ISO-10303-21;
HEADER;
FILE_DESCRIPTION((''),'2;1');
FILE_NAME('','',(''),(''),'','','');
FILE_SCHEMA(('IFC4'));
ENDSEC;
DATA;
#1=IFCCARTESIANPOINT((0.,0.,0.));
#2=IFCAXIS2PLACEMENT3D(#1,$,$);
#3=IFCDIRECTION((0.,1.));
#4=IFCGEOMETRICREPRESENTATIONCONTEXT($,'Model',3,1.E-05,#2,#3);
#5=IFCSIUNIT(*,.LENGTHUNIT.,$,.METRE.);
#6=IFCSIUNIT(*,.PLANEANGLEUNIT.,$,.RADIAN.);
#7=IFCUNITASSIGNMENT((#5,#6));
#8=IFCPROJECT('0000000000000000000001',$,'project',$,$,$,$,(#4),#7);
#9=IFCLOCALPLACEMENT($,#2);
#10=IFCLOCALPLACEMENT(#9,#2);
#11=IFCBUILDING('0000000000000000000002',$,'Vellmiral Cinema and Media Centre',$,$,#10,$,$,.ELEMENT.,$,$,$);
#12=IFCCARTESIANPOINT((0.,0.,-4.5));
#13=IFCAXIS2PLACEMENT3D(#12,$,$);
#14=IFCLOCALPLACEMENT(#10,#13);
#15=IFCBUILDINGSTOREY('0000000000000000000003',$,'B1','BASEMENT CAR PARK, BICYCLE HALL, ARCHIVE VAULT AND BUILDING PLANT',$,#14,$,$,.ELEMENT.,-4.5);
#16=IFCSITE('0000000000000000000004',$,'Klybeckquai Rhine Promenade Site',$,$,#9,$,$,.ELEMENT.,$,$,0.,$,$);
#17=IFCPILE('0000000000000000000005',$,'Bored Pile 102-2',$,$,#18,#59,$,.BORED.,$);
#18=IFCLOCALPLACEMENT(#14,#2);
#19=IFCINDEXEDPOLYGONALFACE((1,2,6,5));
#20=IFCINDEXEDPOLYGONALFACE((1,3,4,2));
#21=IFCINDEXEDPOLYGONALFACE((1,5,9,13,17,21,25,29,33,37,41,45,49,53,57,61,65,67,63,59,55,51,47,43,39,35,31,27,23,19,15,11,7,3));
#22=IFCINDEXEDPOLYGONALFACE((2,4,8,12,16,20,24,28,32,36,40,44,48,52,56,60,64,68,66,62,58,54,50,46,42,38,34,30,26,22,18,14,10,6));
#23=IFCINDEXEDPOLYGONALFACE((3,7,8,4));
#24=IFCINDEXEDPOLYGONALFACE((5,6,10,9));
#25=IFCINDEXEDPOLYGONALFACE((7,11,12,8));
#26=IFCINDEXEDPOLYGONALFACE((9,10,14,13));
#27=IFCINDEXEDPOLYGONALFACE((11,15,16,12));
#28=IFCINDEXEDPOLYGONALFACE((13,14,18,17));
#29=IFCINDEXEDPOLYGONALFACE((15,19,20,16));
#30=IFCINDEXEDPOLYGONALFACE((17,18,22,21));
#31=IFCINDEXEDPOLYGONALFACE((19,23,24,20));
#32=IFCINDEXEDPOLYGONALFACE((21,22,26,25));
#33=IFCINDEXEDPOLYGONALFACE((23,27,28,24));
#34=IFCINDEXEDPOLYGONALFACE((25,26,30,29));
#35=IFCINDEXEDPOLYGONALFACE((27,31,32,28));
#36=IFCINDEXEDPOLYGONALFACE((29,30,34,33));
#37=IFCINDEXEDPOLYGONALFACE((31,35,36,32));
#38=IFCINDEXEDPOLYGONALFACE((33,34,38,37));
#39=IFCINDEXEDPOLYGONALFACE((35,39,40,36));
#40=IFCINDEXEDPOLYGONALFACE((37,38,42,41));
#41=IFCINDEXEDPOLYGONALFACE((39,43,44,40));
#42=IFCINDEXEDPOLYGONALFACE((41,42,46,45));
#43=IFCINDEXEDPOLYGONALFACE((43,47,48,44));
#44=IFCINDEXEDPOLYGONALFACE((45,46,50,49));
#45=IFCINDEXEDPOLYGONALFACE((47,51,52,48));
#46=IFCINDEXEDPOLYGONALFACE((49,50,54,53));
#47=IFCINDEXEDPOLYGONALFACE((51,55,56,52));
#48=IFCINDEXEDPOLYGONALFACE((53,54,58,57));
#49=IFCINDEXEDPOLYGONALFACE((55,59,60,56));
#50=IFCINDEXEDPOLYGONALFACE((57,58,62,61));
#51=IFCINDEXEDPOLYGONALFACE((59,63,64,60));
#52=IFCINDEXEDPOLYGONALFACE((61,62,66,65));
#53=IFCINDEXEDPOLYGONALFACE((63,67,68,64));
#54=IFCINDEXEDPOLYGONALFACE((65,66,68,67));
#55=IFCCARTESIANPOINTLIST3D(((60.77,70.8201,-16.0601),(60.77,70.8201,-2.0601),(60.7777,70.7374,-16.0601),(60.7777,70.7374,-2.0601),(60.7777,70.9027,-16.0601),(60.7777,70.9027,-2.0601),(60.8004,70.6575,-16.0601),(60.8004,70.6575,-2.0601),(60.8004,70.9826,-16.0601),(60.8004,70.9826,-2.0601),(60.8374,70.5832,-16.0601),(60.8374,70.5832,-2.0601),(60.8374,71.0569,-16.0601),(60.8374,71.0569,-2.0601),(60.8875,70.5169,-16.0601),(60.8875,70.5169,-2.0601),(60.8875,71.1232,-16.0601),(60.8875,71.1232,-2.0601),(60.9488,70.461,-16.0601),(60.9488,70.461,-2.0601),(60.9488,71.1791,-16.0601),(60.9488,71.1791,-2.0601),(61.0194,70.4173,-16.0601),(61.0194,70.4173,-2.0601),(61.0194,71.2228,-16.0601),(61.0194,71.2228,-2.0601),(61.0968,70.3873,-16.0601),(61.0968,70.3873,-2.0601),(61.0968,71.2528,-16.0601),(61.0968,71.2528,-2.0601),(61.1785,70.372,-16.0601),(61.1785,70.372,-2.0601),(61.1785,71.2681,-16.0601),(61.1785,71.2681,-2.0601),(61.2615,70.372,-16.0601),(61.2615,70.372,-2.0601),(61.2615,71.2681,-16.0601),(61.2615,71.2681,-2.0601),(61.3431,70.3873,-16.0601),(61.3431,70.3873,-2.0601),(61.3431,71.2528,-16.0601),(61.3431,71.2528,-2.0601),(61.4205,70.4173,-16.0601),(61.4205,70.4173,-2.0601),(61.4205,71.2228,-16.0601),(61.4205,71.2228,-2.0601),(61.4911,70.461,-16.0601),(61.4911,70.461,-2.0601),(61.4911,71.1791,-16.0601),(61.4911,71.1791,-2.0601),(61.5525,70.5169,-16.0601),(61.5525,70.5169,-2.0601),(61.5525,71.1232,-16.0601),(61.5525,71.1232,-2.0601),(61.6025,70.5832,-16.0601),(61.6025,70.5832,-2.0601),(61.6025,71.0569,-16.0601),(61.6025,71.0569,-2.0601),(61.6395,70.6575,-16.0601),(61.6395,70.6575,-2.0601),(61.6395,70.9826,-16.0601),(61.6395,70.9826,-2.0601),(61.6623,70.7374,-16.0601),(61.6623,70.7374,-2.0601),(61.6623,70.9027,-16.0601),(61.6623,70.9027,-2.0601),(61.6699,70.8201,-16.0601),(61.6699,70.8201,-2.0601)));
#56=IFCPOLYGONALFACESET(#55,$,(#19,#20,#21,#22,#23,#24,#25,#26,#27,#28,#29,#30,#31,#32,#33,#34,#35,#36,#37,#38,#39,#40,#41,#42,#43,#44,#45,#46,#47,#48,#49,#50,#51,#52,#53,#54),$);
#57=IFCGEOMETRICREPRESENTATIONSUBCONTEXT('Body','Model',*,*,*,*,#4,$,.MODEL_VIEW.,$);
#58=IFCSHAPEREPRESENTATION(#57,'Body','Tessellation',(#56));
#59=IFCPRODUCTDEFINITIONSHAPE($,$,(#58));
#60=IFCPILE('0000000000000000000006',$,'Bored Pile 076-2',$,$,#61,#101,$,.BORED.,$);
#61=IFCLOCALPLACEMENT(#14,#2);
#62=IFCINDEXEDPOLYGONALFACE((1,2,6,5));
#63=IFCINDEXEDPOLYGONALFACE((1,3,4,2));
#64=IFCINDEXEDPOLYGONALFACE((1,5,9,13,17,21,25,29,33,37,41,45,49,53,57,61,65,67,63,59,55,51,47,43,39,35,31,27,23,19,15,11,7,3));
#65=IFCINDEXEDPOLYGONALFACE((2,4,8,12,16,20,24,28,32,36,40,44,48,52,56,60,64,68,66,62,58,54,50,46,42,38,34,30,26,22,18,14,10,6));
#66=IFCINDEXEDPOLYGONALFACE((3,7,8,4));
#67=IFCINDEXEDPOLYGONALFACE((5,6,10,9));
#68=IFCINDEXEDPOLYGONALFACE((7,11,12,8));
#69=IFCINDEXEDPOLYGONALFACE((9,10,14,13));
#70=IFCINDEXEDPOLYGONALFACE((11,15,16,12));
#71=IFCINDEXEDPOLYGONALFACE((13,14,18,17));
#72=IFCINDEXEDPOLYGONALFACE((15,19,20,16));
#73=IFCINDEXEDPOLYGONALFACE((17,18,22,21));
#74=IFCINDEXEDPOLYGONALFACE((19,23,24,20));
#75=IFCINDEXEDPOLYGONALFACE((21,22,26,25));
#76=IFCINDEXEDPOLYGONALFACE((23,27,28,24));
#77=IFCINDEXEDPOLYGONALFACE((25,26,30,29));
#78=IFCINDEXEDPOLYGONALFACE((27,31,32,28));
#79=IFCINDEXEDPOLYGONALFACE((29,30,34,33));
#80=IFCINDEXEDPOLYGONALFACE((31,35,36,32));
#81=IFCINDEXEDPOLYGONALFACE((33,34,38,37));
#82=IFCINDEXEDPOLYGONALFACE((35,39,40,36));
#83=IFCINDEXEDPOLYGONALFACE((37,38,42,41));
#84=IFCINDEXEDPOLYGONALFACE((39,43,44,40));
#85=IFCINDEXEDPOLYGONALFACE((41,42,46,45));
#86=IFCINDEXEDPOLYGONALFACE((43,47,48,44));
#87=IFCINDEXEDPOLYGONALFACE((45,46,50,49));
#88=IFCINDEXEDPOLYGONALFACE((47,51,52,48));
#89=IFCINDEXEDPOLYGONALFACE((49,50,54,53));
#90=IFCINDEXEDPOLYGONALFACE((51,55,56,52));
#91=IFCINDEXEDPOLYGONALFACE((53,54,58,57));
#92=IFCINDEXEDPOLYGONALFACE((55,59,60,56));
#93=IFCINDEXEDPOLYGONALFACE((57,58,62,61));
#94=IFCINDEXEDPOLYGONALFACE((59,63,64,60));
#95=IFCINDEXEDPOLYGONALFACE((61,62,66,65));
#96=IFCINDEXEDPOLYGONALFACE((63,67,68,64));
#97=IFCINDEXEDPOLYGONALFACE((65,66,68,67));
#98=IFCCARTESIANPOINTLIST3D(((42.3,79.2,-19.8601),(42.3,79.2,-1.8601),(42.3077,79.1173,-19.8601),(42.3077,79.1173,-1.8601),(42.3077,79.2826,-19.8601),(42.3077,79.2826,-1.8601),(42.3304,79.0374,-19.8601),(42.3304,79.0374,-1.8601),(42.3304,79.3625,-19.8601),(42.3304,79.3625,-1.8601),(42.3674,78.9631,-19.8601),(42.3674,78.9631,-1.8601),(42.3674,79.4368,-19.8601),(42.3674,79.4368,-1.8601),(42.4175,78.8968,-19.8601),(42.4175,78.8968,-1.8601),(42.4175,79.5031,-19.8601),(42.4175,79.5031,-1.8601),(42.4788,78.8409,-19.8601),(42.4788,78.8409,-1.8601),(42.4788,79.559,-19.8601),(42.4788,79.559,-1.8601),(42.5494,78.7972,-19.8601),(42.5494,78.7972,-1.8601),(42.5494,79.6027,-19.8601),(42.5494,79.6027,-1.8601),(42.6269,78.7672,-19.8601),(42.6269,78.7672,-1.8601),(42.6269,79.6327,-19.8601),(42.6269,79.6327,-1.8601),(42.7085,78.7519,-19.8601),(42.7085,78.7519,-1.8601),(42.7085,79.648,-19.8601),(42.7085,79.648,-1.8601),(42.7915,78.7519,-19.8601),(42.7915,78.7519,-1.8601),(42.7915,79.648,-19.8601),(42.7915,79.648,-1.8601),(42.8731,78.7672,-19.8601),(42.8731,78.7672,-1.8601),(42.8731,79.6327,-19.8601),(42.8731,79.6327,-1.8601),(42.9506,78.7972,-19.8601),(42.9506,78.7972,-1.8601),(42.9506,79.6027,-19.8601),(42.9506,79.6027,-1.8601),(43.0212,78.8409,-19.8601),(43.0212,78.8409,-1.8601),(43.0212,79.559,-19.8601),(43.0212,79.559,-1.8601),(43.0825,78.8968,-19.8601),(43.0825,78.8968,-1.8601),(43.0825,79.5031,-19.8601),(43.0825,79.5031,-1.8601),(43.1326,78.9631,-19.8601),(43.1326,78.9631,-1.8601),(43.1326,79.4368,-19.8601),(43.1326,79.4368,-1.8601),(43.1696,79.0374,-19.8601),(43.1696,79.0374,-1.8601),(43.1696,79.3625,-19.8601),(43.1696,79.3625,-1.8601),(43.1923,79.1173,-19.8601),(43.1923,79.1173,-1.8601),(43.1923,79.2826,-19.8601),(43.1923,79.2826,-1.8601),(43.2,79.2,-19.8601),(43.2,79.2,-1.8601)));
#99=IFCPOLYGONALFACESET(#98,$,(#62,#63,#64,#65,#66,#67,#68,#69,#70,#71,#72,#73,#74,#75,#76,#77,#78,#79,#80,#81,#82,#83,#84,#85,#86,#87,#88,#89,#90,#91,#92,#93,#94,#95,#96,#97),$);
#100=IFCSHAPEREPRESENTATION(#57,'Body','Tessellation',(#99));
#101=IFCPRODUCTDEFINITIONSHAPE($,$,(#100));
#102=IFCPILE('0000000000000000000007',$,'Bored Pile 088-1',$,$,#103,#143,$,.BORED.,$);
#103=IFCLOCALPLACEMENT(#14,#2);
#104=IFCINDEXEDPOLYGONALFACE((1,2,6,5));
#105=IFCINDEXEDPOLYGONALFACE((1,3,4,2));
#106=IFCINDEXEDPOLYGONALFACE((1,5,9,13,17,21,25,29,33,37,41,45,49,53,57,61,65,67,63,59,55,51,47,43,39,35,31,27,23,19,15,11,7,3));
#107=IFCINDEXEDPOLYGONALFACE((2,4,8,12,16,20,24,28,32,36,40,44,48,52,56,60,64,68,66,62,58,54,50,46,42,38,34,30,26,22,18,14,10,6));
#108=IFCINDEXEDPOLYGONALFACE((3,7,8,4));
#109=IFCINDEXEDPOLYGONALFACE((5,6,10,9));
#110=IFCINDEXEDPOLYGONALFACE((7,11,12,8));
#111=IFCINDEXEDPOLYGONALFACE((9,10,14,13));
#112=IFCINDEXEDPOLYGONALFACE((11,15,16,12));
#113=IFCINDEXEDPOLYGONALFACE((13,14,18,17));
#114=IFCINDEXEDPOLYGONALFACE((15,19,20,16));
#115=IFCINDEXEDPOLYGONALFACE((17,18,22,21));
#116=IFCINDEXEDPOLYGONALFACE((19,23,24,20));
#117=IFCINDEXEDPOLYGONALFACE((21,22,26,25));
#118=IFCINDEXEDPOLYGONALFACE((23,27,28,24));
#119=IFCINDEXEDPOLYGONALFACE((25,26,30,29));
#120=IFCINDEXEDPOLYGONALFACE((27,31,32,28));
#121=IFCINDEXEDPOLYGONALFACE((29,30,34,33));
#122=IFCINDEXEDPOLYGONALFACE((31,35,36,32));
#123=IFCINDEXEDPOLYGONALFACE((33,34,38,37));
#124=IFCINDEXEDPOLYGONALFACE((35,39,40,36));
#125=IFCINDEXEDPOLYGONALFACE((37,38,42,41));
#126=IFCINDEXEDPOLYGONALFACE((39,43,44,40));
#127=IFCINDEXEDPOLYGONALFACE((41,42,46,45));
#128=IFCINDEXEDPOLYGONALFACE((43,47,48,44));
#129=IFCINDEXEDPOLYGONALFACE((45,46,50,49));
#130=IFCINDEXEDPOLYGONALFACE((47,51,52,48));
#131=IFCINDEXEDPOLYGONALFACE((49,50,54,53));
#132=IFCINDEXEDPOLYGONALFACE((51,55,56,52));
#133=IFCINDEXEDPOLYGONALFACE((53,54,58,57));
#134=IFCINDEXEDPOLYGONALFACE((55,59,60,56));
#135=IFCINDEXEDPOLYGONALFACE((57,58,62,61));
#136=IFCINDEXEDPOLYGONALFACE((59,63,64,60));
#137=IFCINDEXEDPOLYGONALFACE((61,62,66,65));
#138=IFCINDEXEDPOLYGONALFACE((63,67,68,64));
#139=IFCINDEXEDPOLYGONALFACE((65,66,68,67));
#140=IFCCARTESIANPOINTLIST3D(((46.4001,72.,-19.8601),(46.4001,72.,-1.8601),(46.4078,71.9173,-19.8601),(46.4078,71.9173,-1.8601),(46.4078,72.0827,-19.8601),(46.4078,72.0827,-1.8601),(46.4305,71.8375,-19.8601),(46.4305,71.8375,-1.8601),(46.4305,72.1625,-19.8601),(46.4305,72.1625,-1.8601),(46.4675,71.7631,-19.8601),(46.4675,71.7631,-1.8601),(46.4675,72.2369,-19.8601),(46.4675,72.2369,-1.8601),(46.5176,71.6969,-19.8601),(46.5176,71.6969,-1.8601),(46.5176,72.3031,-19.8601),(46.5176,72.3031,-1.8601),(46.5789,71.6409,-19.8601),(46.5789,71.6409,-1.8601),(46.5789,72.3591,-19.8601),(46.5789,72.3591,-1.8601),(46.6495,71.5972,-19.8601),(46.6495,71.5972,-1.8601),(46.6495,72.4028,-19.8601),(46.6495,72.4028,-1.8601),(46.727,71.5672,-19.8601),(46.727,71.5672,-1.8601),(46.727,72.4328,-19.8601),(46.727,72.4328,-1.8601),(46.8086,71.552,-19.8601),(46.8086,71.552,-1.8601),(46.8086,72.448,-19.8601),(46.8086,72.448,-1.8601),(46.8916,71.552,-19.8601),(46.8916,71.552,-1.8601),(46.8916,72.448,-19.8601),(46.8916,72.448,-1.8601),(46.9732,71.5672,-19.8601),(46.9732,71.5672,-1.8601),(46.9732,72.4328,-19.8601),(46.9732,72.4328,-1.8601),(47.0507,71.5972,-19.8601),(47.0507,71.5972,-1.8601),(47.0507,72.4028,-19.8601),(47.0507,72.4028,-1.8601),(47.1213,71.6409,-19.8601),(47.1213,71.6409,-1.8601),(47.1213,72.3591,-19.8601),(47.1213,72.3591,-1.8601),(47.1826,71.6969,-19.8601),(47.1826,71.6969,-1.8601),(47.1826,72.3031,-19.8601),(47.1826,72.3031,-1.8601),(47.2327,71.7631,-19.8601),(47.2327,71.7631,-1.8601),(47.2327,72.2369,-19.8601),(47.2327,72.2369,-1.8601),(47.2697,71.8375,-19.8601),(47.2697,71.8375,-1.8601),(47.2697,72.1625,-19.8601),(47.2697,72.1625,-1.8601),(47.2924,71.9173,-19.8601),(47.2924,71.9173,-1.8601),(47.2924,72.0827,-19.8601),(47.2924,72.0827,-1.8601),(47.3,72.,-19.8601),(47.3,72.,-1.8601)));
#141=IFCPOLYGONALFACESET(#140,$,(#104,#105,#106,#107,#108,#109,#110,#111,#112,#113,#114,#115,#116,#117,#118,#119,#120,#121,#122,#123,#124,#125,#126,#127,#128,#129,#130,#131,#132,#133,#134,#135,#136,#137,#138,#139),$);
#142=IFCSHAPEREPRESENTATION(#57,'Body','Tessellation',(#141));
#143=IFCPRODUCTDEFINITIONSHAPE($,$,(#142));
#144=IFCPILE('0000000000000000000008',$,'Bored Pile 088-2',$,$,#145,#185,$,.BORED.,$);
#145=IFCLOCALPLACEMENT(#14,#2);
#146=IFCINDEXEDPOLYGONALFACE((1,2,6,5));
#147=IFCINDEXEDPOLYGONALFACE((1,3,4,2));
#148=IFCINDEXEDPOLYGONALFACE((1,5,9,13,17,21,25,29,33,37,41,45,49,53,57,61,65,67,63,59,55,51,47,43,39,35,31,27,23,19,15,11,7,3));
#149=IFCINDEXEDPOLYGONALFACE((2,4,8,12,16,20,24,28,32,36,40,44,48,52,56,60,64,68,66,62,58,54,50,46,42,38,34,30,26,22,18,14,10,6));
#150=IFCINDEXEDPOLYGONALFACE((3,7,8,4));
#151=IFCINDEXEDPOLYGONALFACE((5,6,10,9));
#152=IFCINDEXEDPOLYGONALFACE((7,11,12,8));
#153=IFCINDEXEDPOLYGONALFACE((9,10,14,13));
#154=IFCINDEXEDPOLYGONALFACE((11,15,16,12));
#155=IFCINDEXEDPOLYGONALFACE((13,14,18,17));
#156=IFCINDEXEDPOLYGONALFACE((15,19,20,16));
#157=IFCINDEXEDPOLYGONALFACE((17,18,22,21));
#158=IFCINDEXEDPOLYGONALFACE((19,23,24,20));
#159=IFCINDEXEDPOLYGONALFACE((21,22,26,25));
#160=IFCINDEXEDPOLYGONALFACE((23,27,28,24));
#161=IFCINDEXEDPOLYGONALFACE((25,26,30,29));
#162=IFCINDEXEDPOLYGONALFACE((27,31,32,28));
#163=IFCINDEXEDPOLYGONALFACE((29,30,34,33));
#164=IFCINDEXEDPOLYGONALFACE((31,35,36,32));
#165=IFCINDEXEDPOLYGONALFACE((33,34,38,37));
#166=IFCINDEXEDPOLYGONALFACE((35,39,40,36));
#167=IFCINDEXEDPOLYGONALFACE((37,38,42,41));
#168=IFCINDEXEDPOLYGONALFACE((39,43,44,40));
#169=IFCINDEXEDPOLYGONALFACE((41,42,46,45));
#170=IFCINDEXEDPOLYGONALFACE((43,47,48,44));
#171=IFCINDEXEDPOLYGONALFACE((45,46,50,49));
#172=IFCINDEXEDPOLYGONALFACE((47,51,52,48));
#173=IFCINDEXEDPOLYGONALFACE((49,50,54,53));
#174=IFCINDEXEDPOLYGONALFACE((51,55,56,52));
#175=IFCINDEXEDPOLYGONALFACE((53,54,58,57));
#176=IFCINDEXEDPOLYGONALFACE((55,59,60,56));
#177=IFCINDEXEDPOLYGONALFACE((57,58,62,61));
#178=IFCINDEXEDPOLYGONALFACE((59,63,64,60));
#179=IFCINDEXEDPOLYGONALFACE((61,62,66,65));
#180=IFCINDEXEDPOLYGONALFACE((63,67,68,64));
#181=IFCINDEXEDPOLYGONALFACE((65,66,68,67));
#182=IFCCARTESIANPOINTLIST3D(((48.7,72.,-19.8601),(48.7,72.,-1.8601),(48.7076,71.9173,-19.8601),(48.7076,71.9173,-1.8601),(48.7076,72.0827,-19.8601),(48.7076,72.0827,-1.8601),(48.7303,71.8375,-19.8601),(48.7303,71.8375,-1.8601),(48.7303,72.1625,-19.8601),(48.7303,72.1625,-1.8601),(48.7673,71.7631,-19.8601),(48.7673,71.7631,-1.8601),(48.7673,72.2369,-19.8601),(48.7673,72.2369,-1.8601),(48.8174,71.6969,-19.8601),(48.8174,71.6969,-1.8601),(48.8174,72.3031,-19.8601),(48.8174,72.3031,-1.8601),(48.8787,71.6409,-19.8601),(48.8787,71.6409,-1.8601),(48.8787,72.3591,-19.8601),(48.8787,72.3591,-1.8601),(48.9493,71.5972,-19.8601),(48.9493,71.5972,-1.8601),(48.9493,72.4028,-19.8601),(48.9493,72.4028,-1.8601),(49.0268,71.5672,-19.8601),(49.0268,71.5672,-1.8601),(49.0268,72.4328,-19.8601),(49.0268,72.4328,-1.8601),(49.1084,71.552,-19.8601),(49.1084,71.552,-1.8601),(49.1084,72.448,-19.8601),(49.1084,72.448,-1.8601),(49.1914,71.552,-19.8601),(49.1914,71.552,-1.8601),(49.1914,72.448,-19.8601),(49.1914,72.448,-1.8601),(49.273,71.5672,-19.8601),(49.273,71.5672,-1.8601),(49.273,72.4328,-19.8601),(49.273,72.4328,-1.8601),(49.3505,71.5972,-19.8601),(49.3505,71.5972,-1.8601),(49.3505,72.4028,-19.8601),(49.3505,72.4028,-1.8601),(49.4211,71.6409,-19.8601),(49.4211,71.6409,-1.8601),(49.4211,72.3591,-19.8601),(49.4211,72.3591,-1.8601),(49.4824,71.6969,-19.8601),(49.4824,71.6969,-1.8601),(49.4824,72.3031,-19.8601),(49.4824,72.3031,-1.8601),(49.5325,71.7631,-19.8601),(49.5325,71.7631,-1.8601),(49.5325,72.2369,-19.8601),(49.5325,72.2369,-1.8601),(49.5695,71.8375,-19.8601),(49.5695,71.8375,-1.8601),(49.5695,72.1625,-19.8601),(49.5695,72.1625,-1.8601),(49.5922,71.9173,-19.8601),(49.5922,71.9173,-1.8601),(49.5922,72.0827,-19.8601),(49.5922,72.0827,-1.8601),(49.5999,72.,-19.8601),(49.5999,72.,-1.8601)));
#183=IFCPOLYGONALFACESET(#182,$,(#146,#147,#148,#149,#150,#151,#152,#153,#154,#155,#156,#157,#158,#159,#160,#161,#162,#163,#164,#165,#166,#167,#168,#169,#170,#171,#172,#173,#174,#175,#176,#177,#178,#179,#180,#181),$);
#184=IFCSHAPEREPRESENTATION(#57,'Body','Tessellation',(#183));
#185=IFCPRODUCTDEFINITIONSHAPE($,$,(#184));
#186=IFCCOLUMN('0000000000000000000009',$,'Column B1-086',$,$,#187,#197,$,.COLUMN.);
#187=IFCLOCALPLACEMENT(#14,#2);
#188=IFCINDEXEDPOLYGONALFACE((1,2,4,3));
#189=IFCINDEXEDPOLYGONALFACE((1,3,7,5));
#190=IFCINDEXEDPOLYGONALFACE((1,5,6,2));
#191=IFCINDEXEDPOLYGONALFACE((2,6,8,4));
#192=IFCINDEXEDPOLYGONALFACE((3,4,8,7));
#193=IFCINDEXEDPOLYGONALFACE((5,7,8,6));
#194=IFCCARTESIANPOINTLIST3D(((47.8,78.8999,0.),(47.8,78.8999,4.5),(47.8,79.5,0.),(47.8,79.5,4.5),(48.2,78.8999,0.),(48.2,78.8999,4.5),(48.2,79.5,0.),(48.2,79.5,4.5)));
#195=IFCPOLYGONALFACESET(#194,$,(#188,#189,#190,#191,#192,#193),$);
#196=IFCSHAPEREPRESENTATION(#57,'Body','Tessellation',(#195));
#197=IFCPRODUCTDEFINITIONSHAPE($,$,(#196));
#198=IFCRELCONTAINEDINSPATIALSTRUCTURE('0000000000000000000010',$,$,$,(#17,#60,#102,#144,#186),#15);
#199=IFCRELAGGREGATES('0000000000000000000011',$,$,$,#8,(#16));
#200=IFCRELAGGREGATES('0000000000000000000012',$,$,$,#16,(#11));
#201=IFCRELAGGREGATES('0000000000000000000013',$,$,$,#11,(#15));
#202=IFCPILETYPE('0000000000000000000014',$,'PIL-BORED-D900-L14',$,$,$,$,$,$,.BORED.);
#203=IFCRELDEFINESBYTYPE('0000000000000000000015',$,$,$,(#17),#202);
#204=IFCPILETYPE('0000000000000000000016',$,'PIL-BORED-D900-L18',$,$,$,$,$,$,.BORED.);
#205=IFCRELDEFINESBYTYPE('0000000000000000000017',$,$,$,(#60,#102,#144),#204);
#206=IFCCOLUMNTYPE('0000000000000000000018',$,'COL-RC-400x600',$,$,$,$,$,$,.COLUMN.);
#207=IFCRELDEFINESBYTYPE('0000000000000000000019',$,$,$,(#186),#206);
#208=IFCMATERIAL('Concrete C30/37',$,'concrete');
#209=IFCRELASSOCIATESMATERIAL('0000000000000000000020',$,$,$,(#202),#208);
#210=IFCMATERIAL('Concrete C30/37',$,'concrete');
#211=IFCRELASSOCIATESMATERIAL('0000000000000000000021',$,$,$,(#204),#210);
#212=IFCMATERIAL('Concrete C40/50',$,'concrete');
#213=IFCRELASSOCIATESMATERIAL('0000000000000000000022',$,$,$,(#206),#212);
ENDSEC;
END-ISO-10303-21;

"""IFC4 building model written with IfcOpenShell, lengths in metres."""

from ifc_helpers import new_model, si_unit, direction, frame, origin, origin_2d, place, context, subcontext, project, spatial, rectangle, circle, extrude, material, material_profile, profile_set, type_object, element, save


model = new_model("IFC4")

# Units and contexts
model_context = context("Model", 3, precision=1e-05, world=origin(), true_north=direction((0.0, 1.0)))
body_context = subcontext(model_context, "Body", "Model", "MODEL_VIEW")
ifc_project = project(units=[si_unit("LENGTHUNIT", "METRE"), si_unit("PLANEANGLEUNIT", "RADIAN")], contexts=[model_context])

# Site, building, storey
site_placement = place(None, origin())
site = spatial("IfcSite", under=ifc_project, at=site_placement, Name="Klybeckquai Rhine Promenade Site", CompositionType="ELEMENT", RefElevation=0.0)
building_placement = place(site_placement, origin())
building = spatial("IfcBuilding", under=site, at=building_placement, Name="Vellmiral Cinema and Media Centre", CompositionType="ELEMENT")
storey_placement = place(building_placement, frame((0.0, 0.0, -4.5)))
storey = spatial("IfcBuildingStorey", under=building, at=storey_placement, Name="B1", Description="BASEMENT CAR PARK, BICYCLE HALL, ARCHIVE VAULT AND BUILDING PLANT", CompositionType="ELEMENT", Elevation=-4.5)

# Piles
ifc_material_1 = material(Name="Concrete C30/37", Category="concrete")
ifc_material_profile_1 = material_profile(ifc_material_1, circle(Radius=0.45, at=origin_2d()), Name="PILE D900")
ifc_profile_set_1 = profile_set([ifc_material_profile_1], Name="Concrete C30/37")
pile_type_1 = type_object("IfcPileType", Name="PIL-BORED-D900-L14", PredefinedType="BORED", material=ifc_profile_set_1)
for number, where, z_axis, x_axis, name in (
    (1, (61.22, 70.8201, -2.0601), (0.0, 0.0, -1.0), (1.0, 0.0, 0.0), "Bored Pile 102-2"),
):
    element("IfcPile", number, at=place(storey_placement, frame(where, z_axis=z_axis, x_axis=x_axis)), inside=storey, type_object=pile_type_1, Name=name, PredefinedType="BORED", context=body_context, shape_type="SweptSolid", body=[
        extrude(circle(Radius=0.45, at=origin_2d()), origin(), (0.0, 0.0, 1.0), 14.0),
    ])
ifc_material_2 = material(Name="Concrete C30/37", Category="concrete")
ifc_material_profile_2 = material_profile(ifc_material_2, circle(Radius=0.45, at=origin_2d()), Name="PILE D900")
ifc_profile_set_2 = profile_set([ifc_material_profile_2], Name="Concrete C30/37")
pile_type_2 = type_object("IfcPileType", Name="PIL-BORED-D900-L18", PredefinedType="BORED", material=ifc_profile_set_2)
for number, where, z_axis, x_axis, name in (
    (2, (42.75, 79.2, -1.8601), (0.0, 0.0, -1.0), (1.0, 0.0, 0.0), "Bored Pile 076-2"),
    (3, (46.8501, 72.0, -1.8601), (0.0, 0.0, -1.0), (1.0, 0.0, 0.0), "Bored Pile 088-1"),
    (4, (49.1499, 72.0, -1.8601), (0.0, 0.0, -1.0), (1.0, 0.0, 0.0), "Bored Pile 088-2"),
):
    element("IfcPile", number, at=place(storey_placement, frame(where, z_axis=z_axis, x_axis=x_axis)), inside=storey, type_object=pile_type_2, Name=name, PredefinedType="BORED", context=body_context, shape_type="SweptSolid", body=[
        extrude(circle(Radius=0.45, at=origin_2d()), origin(), (0.0, 0.0, 1.0), 18.0),
    ])

# Column
ifc_material_3 = material(Name="Concrete C40/50", Category="concrete")
ifc_material_profile_3 = material_profile(ifc_material_3, rectangle(XDim=0.3999, YDim=0.6001, at=origin_2d()), Name="RC 400x600")
ifc_profile_set_3 = profile_set([ifc_material_profile_3], Name="Concrete C40/50")
column_type_1 = type_object("IfcColumnType", Name="COL-RC-400x600", PredefinedType="COLUMN", material=ifc_profile_set_3)
for number, where, z_axis, x_axis, name in (
    (5, (48.0, 79.2, 0.0), (0.0, 0.0, 1.0), (1.0, 0.0, 0.0), "Column B1-086"),
):
    element("IfcColumn", number, at=place(storey_placement, frame(where, z_axis=z_axis, x_axis=x_axis)), inside=storey, type_object=column_type_1, Name=name, PredefinedType="COLUMN", context=body_context, shape_type="SweptSolid", body=[
        extrude(rectangle(XDim=0.3999, YDim=0.6001, at=origin_2d()), origin(), (0.0, 0.0, 1.0), 4.5),
    ])

save(model, "model.ifc")
